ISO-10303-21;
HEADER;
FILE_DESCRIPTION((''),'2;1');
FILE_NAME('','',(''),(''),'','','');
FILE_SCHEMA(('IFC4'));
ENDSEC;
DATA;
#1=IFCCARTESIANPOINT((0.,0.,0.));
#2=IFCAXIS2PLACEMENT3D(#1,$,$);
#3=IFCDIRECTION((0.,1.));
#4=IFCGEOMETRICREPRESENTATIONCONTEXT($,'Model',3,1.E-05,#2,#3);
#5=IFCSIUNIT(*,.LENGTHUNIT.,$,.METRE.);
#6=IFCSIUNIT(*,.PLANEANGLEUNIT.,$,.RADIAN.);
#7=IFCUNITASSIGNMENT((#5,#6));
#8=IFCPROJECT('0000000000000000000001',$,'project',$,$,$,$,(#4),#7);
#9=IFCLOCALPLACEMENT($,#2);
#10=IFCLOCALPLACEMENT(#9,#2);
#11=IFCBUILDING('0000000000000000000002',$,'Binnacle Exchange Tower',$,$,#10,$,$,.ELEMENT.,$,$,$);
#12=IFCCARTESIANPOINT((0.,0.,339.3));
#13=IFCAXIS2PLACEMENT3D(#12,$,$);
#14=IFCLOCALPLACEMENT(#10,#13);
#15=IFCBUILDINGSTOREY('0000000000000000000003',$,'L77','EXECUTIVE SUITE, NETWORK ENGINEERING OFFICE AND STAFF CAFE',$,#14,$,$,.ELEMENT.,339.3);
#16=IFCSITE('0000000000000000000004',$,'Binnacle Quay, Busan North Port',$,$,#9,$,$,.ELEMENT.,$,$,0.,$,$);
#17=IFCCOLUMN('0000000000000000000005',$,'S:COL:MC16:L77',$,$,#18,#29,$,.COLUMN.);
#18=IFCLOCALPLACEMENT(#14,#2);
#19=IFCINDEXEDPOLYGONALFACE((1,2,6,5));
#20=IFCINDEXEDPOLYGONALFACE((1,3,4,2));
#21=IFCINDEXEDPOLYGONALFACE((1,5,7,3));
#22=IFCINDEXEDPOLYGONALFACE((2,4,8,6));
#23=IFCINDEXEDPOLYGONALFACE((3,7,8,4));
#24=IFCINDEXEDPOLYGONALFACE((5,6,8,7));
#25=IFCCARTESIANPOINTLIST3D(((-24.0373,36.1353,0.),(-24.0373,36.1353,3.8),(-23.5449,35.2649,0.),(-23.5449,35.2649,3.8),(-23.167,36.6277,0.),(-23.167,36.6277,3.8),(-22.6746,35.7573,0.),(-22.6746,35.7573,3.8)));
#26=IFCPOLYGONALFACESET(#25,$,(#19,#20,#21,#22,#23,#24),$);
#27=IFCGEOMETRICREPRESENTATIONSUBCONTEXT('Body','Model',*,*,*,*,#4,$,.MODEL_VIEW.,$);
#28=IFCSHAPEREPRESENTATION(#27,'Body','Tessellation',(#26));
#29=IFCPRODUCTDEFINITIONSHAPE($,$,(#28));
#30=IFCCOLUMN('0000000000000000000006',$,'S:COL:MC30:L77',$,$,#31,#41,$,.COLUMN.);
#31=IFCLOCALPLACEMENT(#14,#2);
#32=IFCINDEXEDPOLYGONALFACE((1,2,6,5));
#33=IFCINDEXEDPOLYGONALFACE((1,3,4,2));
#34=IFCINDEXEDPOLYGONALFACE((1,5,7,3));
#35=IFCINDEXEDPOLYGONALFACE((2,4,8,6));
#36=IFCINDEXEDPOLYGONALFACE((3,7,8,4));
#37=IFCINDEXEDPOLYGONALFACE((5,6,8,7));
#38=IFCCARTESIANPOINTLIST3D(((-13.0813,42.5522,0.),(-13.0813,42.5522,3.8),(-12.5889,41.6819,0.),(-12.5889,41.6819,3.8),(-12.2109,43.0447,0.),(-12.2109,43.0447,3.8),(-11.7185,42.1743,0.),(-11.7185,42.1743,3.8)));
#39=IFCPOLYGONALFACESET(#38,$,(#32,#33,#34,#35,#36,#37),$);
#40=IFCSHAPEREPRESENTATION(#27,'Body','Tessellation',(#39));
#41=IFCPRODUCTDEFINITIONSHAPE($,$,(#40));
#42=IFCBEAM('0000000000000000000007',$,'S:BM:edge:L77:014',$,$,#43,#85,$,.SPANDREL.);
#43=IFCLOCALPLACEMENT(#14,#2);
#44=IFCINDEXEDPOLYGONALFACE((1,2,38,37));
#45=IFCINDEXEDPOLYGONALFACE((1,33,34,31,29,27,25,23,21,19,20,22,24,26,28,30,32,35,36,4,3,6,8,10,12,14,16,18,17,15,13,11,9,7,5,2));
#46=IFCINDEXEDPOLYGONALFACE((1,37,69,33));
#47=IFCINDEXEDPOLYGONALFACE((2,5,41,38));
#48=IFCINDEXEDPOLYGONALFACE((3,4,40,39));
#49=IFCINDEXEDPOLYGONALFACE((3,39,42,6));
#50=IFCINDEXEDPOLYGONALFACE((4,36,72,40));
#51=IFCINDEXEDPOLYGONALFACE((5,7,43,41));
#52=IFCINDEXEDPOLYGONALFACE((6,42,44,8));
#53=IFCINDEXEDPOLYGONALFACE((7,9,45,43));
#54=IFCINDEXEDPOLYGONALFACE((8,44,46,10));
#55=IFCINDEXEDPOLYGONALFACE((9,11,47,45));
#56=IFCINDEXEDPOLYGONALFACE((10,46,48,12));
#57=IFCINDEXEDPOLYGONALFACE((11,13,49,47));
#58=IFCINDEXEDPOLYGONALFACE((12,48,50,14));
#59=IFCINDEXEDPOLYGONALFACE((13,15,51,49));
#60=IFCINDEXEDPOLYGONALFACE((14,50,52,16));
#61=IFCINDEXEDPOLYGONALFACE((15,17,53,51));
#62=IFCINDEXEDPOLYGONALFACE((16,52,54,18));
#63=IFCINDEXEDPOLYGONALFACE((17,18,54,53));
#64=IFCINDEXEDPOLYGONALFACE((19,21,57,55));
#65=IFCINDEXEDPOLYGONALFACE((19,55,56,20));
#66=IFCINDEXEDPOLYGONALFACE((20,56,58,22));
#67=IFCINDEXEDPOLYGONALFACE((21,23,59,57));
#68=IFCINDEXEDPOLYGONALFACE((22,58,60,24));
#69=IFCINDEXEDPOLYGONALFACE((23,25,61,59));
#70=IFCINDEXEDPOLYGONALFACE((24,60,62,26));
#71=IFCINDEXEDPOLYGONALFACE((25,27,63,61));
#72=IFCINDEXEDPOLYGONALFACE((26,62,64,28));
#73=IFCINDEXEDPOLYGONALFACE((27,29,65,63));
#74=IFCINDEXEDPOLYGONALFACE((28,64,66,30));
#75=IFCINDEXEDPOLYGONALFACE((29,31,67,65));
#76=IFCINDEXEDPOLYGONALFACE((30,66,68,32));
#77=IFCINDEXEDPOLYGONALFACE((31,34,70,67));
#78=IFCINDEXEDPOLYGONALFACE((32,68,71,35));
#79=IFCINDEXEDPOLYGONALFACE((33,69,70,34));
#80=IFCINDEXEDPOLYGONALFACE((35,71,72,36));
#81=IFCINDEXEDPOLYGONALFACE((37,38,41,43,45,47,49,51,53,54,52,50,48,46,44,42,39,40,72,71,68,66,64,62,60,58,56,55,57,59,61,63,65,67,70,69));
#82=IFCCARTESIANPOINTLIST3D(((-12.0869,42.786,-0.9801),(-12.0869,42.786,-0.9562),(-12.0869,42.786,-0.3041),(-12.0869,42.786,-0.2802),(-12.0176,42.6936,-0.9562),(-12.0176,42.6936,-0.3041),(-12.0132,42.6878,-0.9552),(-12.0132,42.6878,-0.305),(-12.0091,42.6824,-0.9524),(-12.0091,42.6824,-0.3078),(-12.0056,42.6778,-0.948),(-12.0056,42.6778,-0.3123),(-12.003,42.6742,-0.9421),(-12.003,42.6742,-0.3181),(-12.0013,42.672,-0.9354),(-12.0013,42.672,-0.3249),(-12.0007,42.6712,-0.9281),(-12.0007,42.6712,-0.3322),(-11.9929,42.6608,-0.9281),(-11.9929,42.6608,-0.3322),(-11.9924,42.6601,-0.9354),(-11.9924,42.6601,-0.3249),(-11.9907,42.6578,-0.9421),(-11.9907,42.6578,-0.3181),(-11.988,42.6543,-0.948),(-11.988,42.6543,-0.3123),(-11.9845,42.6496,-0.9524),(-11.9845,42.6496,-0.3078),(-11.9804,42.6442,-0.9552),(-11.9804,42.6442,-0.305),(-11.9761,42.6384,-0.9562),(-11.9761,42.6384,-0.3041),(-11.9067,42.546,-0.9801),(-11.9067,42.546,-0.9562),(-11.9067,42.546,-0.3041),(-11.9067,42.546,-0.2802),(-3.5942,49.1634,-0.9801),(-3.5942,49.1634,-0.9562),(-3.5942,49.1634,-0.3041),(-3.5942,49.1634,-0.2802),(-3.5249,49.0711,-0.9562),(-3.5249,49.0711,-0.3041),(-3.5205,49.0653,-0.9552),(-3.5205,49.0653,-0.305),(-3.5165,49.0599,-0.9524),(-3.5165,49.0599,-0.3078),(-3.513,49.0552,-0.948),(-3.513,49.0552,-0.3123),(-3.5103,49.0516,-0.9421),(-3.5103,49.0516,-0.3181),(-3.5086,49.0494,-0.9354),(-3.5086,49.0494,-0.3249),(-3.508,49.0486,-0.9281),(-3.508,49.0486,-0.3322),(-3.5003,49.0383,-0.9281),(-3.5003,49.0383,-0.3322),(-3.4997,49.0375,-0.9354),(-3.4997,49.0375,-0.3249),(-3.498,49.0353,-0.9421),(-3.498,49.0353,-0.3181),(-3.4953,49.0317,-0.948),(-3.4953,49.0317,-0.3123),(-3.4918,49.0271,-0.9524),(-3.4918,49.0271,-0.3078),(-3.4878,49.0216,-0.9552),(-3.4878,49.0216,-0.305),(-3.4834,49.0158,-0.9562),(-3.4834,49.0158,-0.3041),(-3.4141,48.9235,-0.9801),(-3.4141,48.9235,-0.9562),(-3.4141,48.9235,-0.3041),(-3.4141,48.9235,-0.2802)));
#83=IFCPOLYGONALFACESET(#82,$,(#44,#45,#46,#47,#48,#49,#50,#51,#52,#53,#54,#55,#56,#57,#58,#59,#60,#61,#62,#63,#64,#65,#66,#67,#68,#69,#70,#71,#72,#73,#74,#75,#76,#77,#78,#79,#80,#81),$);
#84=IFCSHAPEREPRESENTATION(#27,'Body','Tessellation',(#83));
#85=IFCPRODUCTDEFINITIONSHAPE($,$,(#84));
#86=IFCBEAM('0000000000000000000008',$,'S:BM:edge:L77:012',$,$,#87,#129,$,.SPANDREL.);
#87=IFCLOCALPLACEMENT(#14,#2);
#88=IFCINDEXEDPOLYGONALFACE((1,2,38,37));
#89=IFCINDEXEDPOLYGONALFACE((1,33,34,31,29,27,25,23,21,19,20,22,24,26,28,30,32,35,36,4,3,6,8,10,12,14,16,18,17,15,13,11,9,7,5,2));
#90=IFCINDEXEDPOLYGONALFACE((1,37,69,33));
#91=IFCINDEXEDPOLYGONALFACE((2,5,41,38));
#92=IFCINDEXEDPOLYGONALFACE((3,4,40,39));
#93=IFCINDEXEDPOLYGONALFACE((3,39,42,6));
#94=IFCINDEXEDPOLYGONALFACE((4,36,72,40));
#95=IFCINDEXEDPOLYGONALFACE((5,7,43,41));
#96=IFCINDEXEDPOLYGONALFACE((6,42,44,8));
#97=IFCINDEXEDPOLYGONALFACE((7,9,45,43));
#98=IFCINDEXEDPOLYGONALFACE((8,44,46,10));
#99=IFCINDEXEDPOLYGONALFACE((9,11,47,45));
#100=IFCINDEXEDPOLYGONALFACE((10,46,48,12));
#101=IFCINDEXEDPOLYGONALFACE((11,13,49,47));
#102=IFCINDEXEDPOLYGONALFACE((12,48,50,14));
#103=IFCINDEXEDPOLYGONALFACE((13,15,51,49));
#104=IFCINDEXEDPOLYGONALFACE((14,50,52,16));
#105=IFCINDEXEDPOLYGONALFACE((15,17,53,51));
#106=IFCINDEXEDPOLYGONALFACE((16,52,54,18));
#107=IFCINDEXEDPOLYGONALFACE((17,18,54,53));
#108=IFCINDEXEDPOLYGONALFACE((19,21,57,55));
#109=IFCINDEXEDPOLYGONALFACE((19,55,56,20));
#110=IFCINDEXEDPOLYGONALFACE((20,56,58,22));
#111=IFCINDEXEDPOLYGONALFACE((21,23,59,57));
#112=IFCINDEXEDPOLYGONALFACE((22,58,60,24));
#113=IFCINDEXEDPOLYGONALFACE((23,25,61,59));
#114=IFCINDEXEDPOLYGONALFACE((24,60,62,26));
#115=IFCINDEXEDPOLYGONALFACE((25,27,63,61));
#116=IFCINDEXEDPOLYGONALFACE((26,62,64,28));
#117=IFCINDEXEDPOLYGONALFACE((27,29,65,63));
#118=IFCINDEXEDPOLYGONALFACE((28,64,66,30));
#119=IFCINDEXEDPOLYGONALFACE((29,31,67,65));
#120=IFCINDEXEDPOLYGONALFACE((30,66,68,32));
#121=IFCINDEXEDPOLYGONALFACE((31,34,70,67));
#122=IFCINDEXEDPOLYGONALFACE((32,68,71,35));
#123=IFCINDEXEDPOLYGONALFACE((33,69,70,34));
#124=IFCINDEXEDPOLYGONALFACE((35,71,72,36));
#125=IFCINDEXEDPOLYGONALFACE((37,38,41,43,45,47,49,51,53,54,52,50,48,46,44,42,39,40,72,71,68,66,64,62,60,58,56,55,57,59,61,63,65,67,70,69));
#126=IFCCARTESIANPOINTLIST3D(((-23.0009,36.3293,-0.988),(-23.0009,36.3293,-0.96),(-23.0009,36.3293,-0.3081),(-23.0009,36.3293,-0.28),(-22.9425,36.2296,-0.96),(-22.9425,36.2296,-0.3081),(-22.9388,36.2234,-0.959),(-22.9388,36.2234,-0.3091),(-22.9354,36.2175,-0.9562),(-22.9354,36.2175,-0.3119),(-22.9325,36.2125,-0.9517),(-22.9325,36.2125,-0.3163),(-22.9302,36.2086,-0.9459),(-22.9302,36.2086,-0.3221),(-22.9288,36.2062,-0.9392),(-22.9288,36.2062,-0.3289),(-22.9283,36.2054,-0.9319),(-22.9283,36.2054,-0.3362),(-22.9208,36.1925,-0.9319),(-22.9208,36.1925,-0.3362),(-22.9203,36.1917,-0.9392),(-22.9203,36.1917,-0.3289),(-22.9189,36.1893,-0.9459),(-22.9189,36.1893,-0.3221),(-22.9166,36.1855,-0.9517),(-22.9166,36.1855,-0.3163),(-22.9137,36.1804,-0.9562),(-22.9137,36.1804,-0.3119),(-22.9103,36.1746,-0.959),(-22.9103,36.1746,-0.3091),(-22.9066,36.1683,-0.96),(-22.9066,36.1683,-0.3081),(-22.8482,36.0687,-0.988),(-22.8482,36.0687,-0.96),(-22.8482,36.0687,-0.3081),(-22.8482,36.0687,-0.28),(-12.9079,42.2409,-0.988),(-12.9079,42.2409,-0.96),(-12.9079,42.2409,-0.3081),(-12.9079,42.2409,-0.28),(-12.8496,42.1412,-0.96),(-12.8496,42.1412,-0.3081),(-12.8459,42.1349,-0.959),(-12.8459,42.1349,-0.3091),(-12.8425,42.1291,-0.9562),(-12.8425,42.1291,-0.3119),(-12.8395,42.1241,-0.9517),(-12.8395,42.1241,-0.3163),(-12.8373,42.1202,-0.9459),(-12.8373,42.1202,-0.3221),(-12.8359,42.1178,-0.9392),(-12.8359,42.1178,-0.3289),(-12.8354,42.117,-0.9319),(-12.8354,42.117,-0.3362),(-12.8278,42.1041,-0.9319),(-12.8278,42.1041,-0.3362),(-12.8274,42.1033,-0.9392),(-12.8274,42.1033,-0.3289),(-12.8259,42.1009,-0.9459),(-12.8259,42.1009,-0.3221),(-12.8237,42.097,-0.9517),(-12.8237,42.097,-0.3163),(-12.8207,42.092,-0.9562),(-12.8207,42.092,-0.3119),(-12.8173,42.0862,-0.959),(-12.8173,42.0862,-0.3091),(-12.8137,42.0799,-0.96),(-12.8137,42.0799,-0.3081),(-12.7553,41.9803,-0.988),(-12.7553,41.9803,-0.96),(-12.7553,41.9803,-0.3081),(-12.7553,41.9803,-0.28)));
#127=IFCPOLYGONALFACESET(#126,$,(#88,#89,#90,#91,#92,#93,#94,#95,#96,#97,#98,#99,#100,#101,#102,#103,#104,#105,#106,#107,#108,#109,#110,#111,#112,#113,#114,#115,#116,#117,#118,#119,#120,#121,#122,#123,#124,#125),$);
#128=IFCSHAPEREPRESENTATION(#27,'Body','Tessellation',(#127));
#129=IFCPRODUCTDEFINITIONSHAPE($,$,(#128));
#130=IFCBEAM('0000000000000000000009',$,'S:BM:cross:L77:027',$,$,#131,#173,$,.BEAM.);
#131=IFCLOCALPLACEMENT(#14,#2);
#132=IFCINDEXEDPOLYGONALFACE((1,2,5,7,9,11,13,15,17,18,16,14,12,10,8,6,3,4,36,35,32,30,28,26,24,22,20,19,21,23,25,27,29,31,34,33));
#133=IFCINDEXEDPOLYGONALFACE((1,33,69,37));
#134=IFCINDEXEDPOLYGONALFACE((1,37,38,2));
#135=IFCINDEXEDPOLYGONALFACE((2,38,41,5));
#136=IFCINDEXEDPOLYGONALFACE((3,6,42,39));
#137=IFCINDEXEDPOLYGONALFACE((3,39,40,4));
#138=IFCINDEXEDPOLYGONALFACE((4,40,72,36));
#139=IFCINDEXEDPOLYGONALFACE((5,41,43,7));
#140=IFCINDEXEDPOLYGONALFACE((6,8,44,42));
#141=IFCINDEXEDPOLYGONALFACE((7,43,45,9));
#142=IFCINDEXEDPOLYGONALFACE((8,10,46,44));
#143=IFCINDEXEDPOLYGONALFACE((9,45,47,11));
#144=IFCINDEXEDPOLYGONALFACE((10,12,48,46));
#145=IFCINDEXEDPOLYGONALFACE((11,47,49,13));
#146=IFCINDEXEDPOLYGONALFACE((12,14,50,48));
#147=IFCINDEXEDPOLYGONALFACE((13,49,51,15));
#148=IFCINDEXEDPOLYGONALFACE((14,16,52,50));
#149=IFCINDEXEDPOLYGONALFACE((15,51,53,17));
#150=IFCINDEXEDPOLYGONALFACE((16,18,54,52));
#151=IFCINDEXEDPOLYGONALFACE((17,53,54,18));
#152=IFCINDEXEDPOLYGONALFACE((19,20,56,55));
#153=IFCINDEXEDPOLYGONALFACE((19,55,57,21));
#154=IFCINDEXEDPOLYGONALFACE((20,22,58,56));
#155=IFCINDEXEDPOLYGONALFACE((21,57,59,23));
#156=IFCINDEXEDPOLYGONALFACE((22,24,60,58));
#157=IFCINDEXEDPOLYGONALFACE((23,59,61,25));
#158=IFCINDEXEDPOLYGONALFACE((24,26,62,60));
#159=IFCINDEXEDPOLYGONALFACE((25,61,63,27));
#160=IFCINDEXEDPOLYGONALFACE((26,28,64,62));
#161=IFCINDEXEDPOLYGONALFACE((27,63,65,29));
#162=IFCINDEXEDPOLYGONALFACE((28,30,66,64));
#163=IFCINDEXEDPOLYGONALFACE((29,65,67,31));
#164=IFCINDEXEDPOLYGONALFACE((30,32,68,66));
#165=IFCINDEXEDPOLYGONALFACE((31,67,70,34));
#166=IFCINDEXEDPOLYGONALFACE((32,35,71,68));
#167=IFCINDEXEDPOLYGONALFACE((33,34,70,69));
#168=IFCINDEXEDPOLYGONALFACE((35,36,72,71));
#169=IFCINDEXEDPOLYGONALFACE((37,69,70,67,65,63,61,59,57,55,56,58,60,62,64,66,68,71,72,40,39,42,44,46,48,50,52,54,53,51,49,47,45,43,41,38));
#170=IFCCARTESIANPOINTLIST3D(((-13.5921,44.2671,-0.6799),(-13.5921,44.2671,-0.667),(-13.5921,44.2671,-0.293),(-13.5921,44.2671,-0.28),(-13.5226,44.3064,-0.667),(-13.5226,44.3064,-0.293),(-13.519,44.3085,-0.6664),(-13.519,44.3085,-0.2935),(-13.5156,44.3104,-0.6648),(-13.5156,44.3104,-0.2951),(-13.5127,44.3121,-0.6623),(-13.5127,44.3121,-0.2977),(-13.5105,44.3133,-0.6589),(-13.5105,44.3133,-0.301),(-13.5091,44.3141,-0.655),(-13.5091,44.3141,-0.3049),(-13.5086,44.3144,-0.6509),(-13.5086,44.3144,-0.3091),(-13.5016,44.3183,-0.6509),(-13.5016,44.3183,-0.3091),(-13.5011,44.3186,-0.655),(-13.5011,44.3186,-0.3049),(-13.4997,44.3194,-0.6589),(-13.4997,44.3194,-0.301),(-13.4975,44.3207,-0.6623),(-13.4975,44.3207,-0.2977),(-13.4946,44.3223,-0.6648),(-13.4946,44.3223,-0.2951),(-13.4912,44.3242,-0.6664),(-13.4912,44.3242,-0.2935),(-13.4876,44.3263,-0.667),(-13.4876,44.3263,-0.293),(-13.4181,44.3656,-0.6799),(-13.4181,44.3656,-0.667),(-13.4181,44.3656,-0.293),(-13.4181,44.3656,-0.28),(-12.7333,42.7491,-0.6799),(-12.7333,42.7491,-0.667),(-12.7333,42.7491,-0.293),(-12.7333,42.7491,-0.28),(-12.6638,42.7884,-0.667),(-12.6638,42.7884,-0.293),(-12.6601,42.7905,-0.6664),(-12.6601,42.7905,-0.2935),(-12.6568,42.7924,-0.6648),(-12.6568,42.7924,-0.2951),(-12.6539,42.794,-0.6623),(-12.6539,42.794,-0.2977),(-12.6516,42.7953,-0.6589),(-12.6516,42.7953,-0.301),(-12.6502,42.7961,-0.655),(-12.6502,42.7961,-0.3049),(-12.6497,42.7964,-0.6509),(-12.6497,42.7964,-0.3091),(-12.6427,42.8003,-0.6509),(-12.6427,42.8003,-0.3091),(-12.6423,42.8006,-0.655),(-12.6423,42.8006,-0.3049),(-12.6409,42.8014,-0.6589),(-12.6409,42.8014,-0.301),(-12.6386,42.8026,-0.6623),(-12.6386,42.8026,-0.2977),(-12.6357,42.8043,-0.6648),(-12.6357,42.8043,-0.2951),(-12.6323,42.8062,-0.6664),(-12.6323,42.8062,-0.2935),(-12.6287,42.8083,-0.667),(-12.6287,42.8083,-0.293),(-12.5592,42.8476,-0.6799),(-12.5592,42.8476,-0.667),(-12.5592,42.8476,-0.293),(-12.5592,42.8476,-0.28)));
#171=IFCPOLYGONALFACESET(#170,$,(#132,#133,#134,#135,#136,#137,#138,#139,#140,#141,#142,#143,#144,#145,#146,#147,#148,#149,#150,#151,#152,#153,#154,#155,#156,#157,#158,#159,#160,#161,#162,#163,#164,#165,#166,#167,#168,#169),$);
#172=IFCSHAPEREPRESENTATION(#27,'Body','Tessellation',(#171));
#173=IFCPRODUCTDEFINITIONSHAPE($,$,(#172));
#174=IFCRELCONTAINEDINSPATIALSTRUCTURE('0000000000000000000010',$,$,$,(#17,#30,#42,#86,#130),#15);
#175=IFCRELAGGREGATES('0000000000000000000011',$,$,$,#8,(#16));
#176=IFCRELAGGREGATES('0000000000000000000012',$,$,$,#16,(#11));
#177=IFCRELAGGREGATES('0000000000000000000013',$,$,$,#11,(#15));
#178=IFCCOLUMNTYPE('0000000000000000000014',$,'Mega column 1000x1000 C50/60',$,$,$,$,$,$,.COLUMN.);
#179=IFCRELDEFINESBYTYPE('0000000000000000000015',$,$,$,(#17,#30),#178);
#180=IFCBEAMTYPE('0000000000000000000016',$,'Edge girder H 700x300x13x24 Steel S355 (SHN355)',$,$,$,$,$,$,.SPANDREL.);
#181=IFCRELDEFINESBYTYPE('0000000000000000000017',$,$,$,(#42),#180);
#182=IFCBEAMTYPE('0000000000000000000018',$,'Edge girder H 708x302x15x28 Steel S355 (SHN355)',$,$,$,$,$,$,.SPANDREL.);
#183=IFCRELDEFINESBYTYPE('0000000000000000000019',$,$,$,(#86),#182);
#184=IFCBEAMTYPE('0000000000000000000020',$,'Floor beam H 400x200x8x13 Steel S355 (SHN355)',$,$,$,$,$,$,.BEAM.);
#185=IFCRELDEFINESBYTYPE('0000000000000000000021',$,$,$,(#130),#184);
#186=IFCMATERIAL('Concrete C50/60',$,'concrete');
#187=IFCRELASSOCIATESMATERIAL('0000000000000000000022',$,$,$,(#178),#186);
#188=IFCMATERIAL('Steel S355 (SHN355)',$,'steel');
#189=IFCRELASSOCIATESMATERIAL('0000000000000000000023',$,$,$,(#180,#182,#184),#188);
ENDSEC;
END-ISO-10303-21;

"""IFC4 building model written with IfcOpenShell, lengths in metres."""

from ifc_helpers import new_model, si_unit, direction, frame, origin, origin_2d, place, context, subcontext, project, spatial, rectangle, i_section, extrude, material, material_profile, profile_set, type_object, element, save


model = new_model("IFC4")

# Units and contexts
model_context = context("Model", 3, precision=1e-05, world=origin(), true_north=direction((0.0, 1.0)))
body_context = subcontext(model_context, "Body", "Model", "MODEL_VIEW")
ifc_project = project(units=[si_unit("LENGTHUNIT", "METRE"), si_unit("PLANEANGLEUNIT", "RADIAN")], contexts=[model_context])

# Site, building, storey
site_placement = place(None, origin())
site = spatial("IfcSite", under=ifc_project, at=site_placement, Name="Binnacle Quay, Busan North Port", CompositionType="ELEMENT", RefElevation=0.0)
building_placement = place(site_placement, origin())
building = spatial("IfcBuilding", under=site, at=building_placement, Name="Binnacle Exchange Tower", CompositionType="ELEMENT")
storey_placement = place(building_placement, frame((0.0, 0.0, 339.3)))
storey = spatial("IfcBuildingStorey", under=building, at=storey_placement, Name="L77", Description="EXECUTIVE SUITE, NETWORK ENGINEERING OFFICE AND STAFF CAFE", CompositionType="ELEMENT", Elevation=339.3)

# Columns
ifc_material_1 = material(Name="Concrete C50/60", Category="concrete")
ifc_material_profile_1 = material_profile(ifc_material_1, rectangle(XDim=1.0, YDim=1.0, at=origin_2d()), Name="Mega column 1000x1000 C50/60")
ifc_profile_set_1 = profile_set([ifc_material_profile_1], Name="Concrete C50/60")
column_type = type_object("IfcColumnType", Name="Mega column 1000x1000 C50/60", PredefinedType="COLUMN", material=ifc_profile_set_1)
for number, where, z_axis, x_axis, name in (
    (1, (-23.356, 35.9463, 0.0), (0.0, 0.0, 1.0), (0.870356, 0.492424, 0.0), "S:COL:MC16:L77"),
    (2, (-12.3999, 42.3633, 0.0), (0.0, 0.0, 1.0), (0.870356, 0.492424, 0.0), "S:COL:MC30:L77"),
):
    element("IfcColumn", number, at=place(storey_placement, frame(where, z_axis=z_axis, x_axis=x_axis)), inside=storey, type_object=column_type, Name=name, PredefinedType="COLUMN", context=body_context, shape_type="SweptSolid", body=[
        extrude(rectangle(XDim=1.0, YDim=1.0, at=origin_2d()), origin(), (0.0, 0.0, 1.0), 3.8),
    ])

# Beams
ifc_material_2 = material(Name="Steel S355 (SHN355)", Category="steel")
ifc_material_profile_2 = material_profile(ifc_material_2, i_section(OverallWidth=0.3, OverallDepth=0.7, WebThickness=0.0129, FlangeThickness=0.0239, FilletRadius=0.0281, at=origin_2d()), Name="H 700x300x13x24")
ifc_profile_set_2 = profile_set([ifc_material_profile_2], Name="Steel S355 (SHN355)")
beam_type_1 = type_object("IfcBeamType", Name="Edge girder H 700x300x13x24 Steel S355 (SHN355)", PredefinedType="SPANDREL", material=ifc_profile_set_2)
beam_1_placement = place(storey_placement, frame((-11.9968, 42.666, -0.6301), z_axis=(0.799641, 0.600478, 0.0), x_axis=(-0.600478, 0.799641, 0.0)))
element("IfcBeam", 3, at=beam_1_placement, inside=storey, type_object=beam_type_1, Name="S:BM:edge:L77:014", PredefinedType="SPANDREL", context=body_context, shape_type="SweptSolid", body=[
    extrude(i_section(OverallWidth=0.3, OverallDepth=0.7, WebThickness=0.0129, FlangeThickness=0.0239, FilletRadius=0.0281, at=origin_2d()), origin(), (0.0, 0.0, 1.0), 10.6206),
])
ifc_material_profile_3 = material_profile(ifc_material_2, i_section(OverallWidth=0.302, OverallDepth=0.708, WebThickness=0.0149, FlangeThickness=0.0281, FilletRadius=0.0281, at=origin_2d()), Name="H 708x302x15x28")
ifc_profile_set_3 = profile_set([ifc_material_profile_3], Name="Steel S355 (SHN355)")
beam_type_2 = type_object("IfcBeamType", Name="Edge girder H 708x302x15x28 Steel S355 (SHN355)", PredefinedType="SPANDREL", material=ifc_profile_set_3)
beam_2_placement = place(storey_placement, frame((-22.9246, 36.199, -0.634), z_axis=(0.862883, 0.505403, 0.0), x_axis=(-0.505403, 0.862883, 0.0)))
element("IfcBeam", 4, at=beam_2_placement, inside=storey, type_object=beam_type_2, Name="S:BM:edge:L77:012", PredefinedType="SPANDREL", context=body_context, shape_type="SweptSolid", body=[
    extrude(i_section(OverallWidth=0.302, OverallDepth=0.708, WebThickness=0.0149, FlangeThickness=0.0281, FilletRadius=0.0281, at=origin_2d()), origin(), (0.0, 0.0, 1.0), 11.6968),
])
ifc_material_profile_4 = material_profile(ifc_material_2, i_section(OverallWidth=0.2, OverallDepth=0.3999, WebThickness=0.0081, FlangeThickness=0.0129, FilletRadius=0.0161, at=origin_2d()), Name="H 400x200x8x13")
ifc_profile_set_4 = profile_set([ifc_material_profile_4], Name="Steel S355 (SHN355)")
beam_type_3 = type_object("IfcBeamType", Name="Floor beam H 400x200x8x13 Steel S355 (SHN355)", PredefinedType="BEAM", material=ifc_profile_set_4)
beam_3_placement = place(storey_placement, frame((-12.6462, 42.7983, -0.48), z_axis=(-0.492426, 0.870354, 0.0), x_axis=(-0.870354, -0.492426, 0.0)))
element("IfcBeam", 5, at=beam_3_placement, inside=storey, type_object=beam_type_3, Name="S:BM:cross:L77:027", PredefinedType="BEAM", context=body_context, shape_type="SweptSolid", body=[
    extrude(i_section(OverallWidth=0.2, OverallDepth=0.3999, WebThickness=0.0081, FlangeThickness=0.0129, FilletRadius=0.0161, at=origin_2d()), origin(), (0.0, 0.0, 1.0), 1.7441),
])

save(model, "model.ifc")
